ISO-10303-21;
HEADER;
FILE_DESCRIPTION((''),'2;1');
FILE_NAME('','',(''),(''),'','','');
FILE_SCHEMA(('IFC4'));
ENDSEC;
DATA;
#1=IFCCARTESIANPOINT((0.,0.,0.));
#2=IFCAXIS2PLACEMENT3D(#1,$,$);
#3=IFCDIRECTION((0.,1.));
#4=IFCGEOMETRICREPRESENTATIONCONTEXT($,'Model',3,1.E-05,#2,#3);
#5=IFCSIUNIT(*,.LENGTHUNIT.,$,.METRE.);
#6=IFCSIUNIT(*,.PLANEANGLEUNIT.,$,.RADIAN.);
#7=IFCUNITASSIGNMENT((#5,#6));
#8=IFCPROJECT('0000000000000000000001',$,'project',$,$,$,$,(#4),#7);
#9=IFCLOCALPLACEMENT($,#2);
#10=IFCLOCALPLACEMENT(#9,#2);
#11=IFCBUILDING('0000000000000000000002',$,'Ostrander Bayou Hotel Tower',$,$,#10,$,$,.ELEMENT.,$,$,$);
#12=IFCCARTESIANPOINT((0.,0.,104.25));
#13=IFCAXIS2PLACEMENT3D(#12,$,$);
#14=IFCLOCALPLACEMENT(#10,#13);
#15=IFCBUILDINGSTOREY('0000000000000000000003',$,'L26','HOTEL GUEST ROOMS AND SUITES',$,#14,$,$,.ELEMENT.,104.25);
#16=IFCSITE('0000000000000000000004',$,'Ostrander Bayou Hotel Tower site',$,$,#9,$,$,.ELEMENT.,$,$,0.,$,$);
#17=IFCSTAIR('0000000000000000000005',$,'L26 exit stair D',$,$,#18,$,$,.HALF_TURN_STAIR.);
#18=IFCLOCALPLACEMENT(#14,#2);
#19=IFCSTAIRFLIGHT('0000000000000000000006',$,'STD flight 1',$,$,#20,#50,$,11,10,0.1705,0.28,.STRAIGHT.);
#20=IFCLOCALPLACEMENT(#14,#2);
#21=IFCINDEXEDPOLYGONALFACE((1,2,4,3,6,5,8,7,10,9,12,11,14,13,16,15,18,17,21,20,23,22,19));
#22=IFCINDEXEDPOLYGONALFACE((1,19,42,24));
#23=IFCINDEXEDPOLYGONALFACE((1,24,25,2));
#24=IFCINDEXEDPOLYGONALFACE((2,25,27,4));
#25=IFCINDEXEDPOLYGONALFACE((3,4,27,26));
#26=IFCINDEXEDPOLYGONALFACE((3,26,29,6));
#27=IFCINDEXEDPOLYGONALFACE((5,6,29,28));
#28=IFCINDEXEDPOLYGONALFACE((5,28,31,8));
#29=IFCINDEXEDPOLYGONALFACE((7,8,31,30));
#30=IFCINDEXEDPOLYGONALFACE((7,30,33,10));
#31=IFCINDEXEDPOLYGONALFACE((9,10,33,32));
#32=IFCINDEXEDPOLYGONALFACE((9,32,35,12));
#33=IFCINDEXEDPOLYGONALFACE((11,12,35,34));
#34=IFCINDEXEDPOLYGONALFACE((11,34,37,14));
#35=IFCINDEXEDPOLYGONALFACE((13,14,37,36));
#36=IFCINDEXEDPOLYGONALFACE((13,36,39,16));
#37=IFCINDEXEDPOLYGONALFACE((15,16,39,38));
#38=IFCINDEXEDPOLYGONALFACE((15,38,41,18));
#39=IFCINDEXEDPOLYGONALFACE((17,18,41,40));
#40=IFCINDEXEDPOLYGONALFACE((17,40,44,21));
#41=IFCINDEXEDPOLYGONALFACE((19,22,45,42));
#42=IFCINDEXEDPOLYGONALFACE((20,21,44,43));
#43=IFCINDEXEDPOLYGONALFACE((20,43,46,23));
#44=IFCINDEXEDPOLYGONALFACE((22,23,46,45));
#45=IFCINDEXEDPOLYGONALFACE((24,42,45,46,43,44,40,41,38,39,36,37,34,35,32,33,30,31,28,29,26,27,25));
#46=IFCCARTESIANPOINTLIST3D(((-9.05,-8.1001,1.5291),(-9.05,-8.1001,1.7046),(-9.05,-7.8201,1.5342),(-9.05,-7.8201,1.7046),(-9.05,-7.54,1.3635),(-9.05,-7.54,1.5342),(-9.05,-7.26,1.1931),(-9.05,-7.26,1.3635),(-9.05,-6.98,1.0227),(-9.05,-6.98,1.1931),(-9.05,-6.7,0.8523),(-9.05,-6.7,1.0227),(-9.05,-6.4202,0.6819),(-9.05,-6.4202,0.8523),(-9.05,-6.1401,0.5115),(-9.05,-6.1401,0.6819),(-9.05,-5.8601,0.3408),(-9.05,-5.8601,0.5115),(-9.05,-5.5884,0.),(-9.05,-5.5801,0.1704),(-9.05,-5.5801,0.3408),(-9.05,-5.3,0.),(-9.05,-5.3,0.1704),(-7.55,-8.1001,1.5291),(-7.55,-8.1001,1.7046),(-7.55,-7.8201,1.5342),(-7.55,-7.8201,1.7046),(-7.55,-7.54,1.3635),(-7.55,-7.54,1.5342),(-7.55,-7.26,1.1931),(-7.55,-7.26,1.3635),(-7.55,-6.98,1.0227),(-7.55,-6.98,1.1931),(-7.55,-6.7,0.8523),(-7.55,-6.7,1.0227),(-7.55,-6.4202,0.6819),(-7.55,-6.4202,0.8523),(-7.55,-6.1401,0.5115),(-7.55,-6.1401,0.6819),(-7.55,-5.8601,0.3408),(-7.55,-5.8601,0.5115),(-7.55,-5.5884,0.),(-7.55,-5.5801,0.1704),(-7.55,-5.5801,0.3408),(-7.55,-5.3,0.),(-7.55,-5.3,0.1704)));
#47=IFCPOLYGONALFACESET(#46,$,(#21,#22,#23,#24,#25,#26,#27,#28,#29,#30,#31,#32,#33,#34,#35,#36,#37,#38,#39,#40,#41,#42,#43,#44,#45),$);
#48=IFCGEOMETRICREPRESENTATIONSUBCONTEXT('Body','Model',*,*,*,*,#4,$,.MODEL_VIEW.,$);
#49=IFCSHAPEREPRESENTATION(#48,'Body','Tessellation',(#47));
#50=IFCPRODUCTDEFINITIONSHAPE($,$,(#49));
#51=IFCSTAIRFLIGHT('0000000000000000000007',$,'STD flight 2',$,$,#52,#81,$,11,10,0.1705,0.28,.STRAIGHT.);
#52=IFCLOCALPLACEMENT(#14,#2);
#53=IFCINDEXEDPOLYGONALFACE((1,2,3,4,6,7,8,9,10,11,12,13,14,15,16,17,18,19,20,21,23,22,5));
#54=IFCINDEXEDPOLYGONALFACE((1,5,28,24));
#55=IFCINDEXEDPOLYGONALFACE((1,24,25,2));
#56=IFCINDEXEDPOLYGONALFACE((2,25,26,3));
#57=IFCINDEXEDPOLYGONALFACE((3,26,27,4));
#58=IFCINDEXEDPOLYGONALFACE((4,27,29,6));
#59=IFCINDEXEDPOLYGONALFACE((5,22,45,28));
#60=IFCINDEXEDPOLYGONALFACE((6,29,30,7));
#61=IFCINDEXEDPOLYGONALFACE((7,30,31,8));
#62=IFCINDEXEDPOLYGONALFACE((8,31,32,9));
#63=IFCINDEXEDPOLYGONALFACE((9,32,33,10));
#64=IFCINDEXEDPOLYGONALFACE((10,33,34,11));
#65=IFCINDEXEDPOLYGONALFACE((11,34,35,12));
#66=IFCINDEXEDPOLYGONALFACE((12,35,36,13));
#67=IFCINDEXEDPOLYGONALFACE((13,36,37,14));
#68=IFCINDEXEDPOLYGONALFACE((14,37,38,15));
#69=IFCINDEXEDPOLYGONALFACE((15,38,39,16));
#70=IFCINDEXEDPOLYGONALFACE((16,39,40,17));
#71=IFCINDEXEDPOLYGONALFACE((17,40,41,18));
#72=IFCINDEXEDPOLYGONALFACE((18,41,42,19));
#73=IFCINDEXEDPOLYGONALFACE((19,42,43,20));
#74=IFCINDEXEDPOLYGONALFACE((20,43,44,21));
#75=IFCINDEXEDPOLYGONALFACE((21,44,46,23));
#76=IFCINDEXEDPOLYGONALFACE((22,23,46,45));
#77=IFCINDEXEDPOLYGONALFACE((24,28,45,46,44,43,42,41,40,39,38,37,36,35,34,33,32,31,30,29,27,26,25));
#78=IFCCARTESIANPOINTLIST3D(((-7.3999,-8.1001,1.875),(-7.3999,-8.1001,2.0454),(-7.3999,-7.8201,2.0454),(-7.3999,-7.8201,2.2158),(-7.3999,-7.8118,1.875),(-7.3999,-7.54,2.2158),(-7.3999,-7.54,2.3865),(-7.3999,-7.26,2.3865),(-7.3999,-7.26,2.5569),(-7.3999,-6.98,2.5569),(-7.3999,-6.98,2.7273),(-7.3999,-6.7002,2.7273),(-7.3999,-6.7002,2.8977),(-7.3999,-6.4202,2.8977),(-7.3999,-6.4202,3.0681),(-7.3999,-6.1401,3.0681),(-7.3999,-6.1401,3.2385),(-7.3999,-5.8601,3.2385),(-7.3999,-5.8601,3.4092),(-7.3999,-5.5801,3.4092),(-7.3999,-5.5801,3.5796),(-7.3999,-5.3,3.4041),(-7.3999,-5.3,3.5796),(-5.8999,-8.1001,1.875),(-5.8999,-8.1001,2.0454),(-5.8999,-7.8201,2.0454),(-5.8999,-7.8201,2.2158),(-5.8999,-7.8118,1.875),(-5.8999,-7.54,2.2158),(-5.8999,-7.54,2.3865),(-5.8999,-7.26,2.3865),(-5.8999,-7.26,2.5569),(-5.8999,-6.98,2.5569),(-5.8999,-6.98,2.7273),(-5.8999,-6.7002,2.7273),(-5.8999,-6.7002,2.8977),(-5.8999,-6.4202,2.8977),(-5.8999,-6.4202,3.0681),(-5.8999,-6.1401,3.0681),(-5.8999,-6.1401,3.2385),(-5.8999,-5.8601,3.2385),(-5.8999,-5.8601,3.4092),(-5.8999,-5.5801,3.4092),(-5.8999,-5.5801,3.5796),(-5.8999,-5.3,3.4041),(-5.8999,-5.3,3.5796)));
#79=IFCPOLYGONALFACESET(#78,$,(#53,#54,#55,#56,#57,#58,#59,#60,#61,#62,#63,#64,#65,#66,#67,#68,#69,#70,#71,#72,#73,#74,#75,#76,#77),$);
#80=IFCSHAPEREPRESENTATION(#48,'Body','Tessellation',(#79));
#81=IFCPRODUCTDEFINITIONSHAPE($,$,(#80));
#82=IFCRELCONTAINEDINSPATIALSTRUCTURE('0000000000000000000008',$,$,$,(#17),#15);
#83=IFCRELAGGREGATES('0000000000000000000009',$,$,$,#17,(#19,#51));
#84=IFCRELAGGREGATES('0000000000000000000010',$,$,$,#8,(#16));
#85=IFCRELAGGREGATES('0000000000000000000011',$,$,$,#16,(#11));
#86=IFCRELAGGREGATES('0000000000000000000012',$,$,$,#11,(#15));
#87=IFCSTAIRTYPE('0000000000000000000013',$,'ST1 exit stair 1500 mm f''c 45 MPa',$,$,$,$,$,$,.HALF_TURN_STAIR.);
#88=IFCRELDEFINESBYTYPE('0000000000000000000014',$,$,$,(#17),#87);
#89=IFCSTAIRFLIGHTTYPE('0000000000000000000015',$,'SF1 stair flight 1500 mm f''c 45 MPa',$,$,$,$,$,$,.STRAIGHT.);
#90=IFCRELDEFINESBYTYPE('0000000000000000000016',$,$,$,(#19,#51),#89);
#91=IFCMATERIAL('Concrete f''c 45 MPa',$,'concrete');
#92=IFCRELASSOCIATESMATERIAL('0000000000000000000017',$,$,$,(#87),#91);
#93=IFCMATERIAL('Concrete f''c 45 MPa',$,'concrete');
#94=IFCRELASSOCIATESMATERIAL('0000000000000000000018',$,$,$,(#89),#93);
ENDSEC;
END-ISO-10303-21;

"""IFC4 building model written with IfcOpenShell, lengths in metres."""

from ifc_helpers import new_model, si_unit, direction, frame, origin, place, context, subcontext, project, spatial, polyline, outline, extrude, material, type_object, element, aggregate, save


model = new_model("IFC4")

# Units and contexts
model_context = context("Model", 3, precision=1e-05, world=origin(), true_north=direction((0.0, 1.0)))
body_context = subcontext(model_context, "Body", "Model", "MODEL_VIEW")
ifc_project = project(units=[si_unit("LENGTHUNIT", "METRE"), si_unit("PLANEANGLEUNIT", "RADIAN")], contexts=[model_context])

# Site, building, storey
site_placement = place(None, origin())
site = spatial("IfcSite", under=ifc_project, at=site_placement, Name="Ostrander Bayou Hotel Tower site", CompositionType="ELEMENT", RefElevation=0.0)
building_placement = place(site_placement, origin())
building = spatial("IfcBuilding", under=site, at=building_placement, Name="Ostrander Bayou Hotel Tower", CompositionType="ELEMENT")
storey_placement = place(building_placement, frame((0.0, 0.0, 104.25)))
storey = spatial("IfcBuildingStorey", under=building, at=storey_placement, Name="L26", Description="HOTEL GUEST ROOMS AND SUITES", CompositionType="ELEMENT", Elevation=104.25)

# Stair, stair flights
ifc_material_1 = material(Name="Concrete f'c 45 MPa", Category="concrete")
stair_type = type_object("IfcStairType", Name="ST1 exit stair 1500 mm f'c 45 MPa", PredefinedType="HALF_TURN_STAIR", material=ifc_material_1)
stair_placement = place(storey_placement, origin())
stair = element("IfcStair", 1, at=stair_placement, inside=storey, type_object=stair_type, Name="L26 exit stair D", PredefinedType="HALF_TURN_STAIR")
ifc_material_2 = material(Name="Concrete f'c 45 MPa", Category="concrete")
stair_flight_type = type_object("IfcStairFlightType", Name="SF1 stair flight 1500 mm f'c 45 MPa", PredefinedType="STRAIGHT", material=ifc_material_2)
stair_flight_1_placement = place(storey_placement, frame((-8.3, -5.3, 0.0), z_axis=(0.0, 0.0, 1.0), x_axis=(0.0, -1.0, 0.0)))
stair_flight_1 = element("IfcStairFlight", 2, at=stair_flight_1_placement, type_object=stair_flight_type, Name="STD flight 1", NumberOfRisers=11, NumberOfTreads=10, PredefinedType="STRAIGHT", RiserHeight=0.1705, TreadLength=0.28, context=body_context, shape_type="SweptSolid", body=[
    extrude(outline(polyline([(0.0, 0.0), (0.0, 0.1704), (0.28, 0.1704), (0.28, 0.3408), (0.5601, 0.3408), (0.5601, 0.5115), (0.8401, 0.5115), (0.8401, 0.6819), (1.1201, 0.6819), (1.1201, 0.8523), (1.3999, 0.8523), (1.3999, 1.0227), (1.6799, 1.0227), (1.6799, 1.1931), (1.96, 1.1931), (1.96, 1.3635), (2.24, 1.3635), (2.24, 1.5342), (2.52, 1.5342), (2.52, 1.7046), (2.8, 1.7046), (2.8, 1.875), (2.8, 1.5291), (0.2883, 0.0), (0.0, 0.0)])), frame((0.0, 0.75, 0.0), z_axis=(0.0, -1.0, 0.0), x_axis=(1.0, 0.0, 0.0)), (0.0, 0.0, 1.0), 1.5),
])
stair_flight_2_placement = place(storey_placement, frame((-6.6499, -8.1001, 1.875), z_axis=(0.0, 0.0, 1.0), x_axis=(0.0, 1.0, 0.0)))
stair_flight_2 = element("IfcStairFlight", 3, at=stair_flight_2_placement, type_object=stair_flight_type, Name="STD flight 2", NumberOfRisers=11, NumberOfTreads=10, PredefinedType="STRAIGHT", RiserHeight=0.1705, TreadLength=0.28, context=body_context, shape_type="SweptSolid", body=[
    extrude(outline(polyline([(0.0, 0.0), (0.0, 0.1704), (0.28, 0.1704), (0.28, 0.3408), (0.5601, 0.3408), (0.5601, 0.5115), (0.8401, 0.5115), (0.8401, 0.6819), (1.1201, 0.6819), (1.1201, 0.8523), (1.3999, 0.8523), (1.3999, 1.0227), (1.6799, 1.0227), (1.6799, 1.1931), (1.96, 1.1931), (1.96, 1.3635), (2.24, 1.3635), (2.24, 1.5342), (2.52, 1.5342), (2.52, 1.7046), (2.8, 1.7046), (2.8, 1.875), (2.8, 1.5291), (0.2883, 0.0), (0.0, 0.0)])), frame((0.0, 0.75, 0.0), z_axis=(0.0, -1.0, 0.0), x_axis=(1.0, 0.0, 0.0)), (0.0, 0.0, 1.0), 1.5),
])
aggregate(stair, [stair_flight_1, stair_flight_2])

save(model, "model.ifc")
